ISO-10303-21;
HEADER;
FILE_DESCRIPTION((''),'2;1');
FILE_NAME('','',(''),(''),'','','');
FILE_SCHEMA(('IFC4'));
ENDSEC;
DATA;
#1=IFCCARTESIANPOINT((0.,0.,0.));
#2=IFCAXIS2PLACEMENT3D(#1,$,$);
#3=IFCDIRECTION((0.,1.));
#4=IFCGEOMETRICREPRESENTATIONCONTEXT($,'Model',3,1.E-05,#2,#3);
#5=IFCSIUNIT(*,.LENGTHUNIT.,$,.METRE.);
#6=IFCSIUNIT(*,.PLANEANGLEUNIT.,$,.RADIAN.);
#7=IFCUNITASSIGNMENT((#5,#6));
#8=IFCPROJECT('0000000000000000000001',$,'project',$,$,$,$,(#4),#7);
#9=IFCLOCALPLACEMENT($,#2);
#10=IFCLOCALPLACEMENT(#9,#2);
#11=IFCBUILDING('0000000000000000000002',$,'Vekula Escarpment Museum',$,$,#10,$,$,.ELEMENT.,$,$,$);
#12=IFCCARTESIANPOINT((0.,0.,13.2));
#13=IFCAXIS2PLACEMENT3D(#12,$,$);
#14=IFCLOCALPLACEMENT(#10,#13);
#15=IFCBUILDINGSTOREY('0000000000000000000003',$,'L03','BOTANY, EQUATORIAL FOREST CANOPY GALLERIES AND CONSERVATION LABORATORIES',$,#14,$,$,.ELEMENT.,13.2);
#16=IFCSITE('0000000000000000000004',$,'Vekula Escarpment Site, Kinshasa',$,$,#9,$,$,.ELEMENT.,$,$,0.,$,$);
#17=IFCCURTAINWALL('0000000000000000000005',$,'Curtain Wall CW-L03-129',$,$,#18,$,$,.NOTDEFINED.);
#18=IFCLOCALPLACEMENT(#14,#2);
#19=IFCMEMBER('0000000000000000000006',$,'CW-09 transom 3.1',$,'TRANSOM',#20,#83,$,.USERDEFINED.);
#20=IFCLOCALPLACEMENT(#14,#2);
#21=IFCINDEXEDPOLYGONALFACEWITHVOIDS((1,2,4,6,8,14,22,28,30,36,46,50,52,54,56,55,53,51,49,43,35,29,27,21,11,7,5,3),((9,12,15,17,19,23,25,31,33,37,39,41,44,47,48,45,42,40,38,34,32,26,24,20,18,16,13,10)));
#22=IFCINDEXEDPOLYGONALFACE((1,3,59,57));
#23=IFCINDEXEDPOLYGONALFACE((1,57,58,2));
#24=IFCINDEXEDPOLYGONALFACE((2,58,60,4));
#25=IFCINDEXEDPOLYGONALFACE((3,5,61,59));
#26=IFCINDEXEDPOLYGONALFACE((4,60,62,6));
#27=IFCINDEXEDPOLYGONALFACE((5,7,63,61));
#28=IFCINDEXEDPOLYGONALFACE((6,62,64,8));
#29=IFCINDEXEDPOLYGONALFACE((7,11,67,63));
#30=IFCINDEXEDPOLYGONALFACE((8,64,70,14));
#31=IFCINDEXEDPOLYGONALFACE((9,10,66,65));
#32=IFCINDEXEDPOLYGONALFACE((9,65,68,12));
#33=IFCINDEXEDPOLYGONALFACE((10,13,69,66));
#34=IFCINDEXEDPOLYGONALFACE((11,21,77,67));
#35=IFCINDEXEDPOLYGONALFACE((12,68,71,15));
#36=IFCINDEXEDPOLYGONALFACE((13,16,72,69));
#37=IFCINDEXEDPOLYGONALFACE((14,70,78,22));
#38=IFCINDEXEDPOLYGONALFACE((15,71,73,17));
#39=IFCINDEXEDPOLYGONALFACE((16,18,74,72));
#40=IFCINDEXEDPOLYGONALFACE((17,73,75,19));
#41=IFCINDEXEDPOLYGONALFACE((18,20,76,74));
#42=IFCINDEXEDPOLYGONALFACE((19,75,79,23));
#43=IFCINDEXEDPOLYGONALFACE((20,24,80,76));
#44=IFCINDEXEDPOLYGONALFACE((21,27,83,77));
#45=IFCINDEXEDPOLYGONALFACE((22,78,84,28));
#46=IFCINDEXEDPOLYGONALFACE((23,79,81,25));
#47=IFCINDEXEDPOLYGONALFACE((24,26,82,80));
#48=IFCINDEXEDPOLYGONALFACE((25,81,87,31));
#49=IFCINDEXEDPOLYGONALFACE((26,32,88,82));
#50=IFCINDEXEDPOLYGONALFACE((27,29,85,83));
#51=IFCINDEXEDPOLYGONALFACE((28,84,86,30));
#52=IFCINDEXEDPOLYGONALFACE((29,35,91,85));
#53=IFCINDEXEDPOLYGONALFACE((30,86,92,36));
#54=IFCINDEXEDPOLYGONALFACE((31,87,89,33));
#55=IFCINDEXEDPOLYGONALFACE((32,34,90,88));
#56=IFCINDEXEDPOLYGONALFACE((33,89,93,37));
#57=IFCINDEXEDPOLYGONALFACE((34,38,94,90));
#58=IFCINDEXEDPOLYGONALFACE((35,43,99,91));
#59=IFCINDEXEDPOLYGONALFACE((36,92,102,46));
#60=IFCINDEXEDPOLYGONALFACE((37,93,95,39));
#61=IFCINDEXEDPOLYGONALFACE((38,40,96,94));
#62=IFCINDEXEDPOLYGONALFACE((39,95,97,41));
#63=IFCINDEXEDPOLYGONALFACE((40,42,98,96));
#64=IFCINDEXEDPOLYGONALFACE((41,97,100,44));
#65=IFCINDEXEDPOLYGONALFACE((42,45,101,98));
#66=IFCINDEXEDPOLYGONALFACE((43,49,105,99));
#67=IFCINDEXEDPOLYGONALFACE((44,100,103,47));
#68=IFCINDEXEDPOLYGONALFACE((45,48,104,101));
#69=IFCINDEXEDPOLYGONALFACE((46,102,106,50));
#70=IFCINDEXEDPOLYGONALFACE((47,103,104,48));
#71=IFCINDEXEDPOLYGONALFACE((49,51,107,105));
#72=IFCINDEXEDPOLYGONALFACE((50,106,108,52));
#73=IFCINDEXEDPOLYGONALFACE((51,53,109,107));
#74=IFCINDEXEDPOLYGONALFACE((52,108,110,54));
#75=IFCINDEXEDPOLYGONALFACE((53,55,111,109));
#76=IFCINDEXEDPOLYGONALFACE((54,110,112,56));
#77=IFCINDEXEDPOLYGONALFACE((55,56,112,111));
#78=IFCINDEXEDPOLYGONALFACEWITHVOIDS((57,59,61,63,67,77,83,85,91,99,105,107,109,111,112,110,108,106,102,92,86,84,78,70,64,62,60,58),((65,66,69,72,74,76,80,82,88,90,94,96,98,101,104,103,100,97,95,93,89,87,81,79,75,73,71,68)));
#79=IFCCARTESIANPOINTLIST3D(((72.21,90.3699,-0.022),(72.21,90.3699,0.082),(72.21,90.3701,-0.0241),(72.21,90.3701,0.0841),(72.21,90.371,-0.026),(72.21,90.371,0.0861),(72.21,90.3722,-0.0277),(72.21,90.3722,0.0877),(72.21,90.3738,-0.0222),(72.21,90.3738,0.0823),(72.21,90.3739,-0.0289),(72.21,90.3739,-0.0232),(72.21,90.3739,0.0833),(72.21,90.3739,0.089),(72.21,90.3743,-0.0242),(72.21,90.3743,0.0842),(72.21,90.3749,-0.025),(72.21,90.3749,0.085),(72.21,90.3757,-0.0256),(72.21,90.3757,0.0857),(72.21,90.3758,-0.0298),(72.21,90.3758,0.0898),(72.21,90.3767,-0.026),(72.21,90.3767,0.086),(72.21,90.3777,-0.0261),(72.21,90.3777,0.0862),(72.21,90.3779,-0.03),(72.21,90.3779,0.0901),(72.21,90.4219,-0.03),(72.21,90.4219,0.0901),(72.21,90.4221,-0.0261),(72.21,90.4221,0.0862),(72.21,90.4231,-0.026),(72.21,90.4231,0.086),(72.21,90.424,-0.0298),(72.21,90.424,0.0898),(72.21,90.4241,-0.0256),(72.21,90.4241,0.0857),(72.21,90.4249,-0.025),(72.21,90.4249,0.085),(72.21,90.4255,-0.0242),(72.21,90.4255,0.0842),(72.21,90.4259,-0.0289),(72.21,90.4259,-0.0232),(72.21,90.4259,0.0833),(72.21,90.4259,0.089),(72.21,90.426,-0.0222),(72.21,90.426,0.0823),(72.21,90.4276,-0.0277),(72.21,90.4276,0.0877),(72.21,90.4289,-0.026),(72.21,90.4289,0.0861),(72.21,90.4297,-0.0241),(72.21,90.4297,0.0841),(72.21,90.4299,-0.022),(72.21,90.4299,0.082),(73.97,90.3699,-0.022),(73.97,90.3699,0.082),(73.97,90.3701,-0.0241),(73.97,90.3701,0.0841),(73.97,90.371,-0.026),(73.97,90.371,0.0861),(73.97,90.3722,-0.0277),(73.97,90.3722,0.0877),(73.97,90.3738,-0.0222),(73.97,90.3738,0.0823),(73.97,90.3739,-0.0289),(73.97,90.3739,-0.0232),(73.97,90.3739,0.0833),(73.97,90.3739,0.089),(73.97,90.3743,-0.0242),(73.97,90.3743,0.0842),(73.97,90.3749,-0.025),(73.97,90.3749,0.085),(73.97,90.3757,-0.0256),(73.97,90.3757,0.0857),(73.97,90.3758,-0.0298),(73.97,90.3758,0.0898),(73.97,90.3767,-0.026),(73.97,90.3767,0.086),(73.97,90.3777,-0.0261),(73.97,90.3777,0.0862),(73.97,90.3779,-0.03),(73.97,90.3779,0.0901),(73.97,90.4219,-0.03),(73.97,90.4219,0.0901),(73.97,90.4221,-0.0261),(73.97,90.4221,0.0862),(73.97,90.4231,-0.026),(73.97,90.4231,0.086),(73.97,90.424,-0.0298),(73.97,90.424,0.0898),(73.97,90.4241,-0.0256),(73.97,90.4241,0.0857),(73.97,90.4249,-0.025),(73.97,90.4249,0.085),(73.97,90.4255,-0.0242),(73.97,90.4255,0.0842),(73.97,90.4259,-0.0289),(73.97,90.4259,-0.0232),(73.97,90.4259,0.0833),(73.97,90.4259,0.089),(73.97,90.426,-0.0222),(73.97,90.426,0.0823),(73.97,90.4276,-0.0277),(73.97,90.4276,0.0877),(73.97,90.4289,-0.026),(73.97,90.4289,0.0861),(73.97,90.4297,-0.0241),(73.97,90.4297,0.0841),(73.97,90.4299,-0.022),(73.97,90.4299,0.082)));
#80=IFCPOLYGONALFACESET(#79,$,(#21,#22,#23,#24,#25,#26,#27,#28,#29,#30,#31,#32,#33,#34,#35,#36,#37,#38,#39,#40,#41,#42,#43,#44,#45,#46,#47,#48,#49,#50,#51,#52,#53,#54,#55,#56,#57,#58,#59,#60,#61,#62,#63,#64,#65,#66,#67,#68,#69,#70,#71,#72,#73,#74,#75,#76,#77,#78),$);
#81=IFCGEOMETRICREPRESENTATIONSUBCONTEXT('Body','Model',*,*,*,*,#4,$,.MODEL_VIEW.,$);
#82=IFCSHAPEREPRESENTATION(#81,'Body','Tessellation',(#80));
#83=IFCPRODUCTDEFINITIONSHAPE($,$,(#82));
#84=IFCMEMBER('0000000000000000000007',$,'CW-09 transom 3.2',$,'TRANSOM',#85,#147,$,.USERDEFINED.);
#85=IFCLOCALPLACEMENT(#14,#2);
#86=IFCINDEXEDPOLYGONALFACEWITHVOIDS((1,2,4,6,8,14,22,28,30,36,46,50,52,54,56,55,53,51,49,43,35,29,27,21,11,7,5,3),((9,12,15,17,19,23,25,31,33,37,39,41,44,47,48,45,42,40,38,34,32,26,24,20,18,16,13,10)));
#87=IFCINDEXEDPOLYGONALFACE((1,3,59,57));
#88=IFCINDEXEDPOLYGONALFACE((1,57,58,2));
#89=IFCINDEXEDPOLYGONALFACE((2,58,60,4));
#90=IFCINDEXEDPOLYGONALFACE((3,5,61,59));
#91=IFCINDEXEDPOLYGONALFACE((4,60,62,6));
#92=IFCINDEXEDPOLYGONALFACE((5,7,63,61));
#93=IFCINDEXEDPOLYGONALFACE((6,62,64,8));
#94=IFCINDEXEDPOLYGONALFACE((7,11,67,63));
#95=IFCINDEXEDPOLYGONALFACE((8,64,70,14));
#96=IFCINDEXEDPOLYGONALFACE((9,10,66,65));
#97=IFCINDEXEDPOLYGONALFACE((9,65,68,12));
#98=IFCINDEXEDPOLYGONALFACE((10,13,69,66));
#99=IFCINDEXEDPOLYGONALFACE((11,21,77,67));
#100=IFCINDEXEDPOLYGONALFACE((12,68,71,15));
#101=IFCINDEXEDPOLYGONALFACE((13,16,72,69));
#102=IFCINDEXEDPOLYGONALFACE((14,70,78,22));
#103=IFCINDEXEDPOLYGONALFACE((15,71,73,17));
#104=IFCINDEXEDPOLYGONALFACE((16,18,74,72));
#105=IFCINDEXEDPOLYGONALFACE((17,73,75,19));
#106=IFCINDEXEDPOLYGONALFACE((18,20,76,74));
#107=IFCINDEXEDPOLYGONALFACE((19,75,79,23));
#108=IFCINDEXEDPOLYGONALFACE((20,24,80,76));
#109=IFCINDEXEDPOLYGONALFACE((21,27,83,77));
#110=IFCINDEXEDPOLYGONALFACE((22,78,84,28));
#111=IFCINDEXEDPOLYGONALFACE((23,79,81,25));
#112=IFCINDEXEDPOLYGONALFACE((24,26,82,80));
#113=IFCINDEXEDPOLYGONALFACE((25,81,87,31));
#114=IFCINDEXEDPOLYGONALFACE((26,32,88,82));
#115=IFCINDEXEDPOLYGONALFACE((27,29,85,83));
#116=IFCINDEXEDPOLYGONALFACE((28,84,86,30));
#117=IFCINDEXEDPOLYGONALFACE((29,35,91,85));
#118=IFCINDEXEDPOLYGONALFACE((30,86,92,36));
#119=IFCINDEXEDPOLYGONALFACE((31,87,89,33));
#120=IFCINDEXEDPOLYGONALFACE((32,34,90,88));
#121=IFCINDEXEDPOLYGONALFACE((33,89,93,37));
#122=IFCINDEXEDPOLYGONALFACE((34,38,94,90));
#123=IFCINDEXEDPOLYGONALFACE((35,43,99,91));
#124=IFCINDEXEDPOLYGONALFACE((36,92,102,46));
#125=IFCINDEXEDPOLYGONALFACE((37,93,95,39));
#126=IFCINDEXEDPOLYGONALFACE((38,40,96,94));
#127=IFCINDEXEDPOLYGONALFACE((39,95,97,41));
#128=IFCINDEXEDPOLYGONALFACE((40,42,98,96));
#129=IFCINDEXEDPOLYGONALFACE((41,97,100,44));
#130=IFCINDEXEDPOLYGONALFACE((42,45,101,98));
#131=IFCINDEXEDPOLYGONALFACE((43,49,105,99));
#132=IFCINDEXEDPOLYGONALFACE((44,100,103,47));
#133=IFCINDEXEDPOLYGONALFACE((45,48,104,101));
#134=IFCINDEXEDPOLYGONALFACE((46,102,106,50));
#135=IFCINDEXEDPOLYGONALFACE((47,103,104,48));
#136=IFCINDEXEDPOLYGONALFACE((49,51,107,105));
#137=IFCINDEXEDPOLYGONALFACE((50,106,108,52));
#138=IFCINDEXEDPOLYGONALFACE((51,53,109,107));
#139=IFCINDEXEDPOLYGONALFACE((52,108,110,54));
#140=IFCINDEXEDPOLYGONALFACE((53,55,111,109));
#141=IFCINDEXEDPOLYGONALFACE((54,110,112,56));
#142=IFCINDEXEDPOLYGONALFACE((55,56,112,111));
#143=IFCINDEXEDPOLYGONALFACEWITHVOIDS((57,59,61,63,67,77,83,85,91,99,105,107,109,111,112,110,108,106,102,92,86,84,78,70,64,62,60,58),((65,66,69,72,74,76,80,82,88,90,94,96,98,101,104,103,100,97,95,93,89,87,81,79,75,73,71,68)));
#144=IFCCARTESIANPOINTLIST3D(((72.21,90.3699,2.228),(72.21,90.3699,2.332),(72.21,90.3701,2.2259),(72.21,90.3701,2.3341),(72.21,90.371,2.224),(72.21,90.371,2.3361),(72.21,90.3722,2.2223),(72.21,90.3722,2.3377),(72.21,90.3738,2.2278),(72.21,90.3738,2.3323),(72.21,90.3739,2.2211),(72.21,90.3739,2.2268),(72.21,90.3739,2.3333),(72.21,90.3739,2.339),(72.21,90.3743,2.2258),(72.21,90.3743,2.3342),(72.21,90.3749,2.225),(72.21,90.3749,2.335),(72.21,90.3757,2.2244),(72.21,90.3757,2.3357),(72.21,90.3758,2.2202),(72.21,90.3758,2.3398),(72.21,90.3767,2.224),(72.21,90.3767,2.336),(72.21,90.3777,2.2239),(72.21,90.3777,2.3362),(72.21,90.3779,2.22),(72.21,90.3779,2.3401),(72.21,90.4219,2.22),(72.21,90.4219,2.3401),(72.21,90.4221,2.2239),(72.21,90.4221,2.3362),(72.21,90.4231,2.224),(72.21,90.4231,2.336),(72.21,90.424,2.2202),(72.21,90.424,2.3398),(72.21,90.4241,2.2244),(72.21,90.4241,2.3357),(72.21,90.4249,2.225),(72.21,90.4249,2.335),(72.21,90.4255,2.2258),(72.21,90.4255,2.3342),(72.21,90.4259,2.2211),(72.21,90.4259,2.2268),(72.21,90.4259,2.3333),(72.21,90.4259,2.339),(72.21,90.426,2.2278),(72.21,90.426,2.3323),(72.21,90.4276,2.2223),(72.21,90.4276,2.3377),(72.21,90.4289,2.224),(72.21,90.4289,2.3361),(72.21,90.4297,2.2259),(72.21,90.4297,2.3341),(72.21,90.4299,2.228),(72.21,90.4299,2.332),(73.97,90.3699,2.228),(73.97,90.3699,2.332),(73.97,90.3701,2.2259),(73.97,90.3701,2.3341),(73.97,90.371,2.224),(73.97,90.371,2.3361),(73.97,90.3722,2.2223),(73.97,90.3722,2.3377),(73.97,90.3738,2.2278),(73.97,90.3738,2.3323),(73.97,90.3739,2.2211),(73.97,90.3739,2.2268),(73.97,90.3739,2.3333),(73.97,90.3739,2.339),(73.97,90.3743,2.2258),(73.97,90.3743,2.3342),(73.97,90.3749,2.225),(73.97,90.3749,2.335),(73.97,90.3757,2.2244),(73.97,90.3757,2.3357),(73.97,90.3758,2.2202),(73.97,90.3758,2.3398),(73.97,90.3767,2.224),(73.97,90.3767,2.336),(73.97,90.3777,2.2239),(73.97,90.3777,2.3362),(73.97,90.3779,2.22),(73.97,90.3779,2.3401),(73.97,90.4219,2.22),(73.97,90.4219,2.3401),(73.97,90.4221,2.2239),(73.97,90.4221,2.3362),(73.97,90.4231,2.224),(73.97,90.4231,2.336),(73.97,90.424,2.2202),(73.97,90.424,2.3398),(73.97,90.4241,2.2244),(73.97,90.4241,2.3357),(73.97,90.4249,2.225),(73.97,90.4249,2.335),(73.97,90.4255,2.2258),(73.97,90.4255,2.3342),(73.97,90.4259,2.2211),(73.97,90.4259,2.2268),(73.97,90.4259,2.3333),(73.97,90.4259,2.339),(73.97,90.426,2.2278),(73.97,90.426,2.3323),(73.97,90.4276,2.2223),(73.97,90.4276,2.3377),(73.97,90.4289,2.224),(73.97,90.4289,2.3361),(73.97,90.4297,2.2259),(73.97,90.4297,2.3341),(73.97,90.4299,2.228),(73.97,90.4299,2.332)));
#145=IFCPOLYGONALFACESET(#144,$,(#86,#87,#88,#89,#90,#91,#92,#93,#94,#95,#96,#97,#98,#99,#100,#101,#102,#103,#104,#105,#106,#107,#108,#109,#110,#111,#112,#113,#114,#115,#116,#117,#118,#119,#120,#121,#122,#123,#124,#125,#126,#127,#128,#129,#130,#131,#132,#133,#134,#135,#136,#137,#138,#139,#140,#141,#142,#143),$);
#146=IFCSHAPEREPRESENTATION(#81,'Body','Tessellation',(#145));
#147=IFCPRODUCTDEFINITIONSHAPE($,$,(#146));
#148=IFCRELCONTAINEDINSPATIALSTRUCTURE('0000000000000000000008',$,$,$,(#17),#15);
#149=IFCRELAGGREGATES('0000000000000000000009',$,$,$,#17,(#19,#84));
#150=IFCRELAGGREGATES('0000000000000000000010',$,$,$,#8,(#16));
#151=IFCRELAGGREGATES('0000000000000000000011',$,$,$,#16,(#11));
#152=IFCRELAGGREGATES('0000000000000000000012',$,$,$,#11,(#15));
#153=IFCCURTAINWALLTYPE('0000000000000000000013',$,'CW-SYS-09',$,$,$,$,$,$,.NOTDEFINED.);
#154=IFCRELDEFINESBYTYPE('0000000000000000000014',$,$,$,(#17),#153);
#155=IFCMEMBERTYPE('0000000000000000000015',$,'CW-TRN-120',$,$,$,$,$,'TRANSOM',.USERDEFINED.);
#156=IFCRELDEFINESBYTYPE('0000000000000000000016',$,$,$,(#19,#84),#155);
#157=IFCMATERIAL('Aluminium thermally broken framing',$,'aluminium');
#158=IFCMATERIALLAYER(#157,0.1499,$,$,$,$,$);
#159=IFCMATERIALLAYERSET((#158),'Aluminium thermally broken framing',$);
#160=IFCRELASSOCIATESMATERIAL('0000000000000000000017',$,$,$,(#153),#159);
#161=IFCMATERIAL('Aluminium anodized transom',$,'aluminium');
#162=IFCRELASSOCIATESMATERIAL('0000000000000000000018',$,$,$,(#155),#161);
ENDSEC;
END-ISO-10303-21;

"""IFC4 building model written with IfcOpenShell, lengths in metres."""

from ifc_helpers import new_model, si_unit, direction, frame, origin, origin_2d, place, context, subcontext, project, spatial, hollow_rectangle, extrude, material, layer, layer_set, material_profile, profile_set, type_object, element, aggregate, save


model = new_model("IFC4")

# Units and contexts
model_context = context("Model", 3, precision=1e-05, world=origin(), true_north=direction((0.0, 1.0)))
body_context = subcontext(model_context, "Body", "Model", "MODEL_VIEW")
ifc_project = project(units=[si_unit("LENGTHUNIT", "METRE"), si_unit("PLANEANGLEUNIT", "RADIAN")], contexts=[model_context])

# Site, building, storey
site_placement = place(None, origin())
site = spatial("IfcSite", under=ifc_project, at=site_placement, Name="Vekula Escarpment Site, Kinshasa", CompositionType="ELEMENT", RefElevation=0.0)
building_placement = place(site_placement, origin())
building = spatial("IfcBuilding", under=site, at=building_placement, Name="Vekula Escarpment Museum", CompositionType="ELEMENT")
storey_placement = place(building_placement, frame((0.0, 0.0, 13.2)))
storey = spatial("IfcBuildingStorey", under=building, at=storey_placement, Name="L03", Description="BOTANY, EQUATORIAL FOREST CANOPY GALLERIES AND CONSERVATION LABORATORIES", CompositionType="ELEMENT", Elevation=13.2)

# Curtain wall
ifc_material_1 = material(Name="Aluminium thermally broken framing", Category="aluminium")
ifc_layer_1 = layer(ifc_material_1, 0.1499)
ifc_layer_set_1 = layer_set([ifc_layer_1], Name="Aluminium thermally broken framing")
curtain_wall_type_1 = type_object("IfcCurtainWallType", Name="CW-SYS-09", PredefinedType="NOTDEFINED", material=ifc_layer_set_1)
curtain_wall_1_placement = place(storey_placement, origin())
curtain_wall_1 = element("IfcCurtainWall", 1, at=curtain_wall_1_placement, inside=storey, type_object=curtain_wall_type_1, Name="Curtain Wall CW-L03-129", PredefinedType="NOTDEFINED")

# Members
ifc_material_2 = material(Name="Aluminium anodized transom", Category="aluminium")
ifc_material_profile_1 = material_profile(ifc_material_2, hollow_rectangle(XDim=0.0601, YDim=0.1201, WallThickness=0.0039, InnerFilletRadius=0.0039, OuterFilletRadius=0.0081, at=origin_2d()), Name="ALU 120x60x4")
ifc_profile_set_1 = profile_set([ifc_material_profile_1], Name="Aluminium anodized transom")
member_type_1 = type_object("IfcMemberType", Name="CW-TRN-120", ElementType="TRANSOM", PredefinedType="USERDEFINED", material=ifc_profile_set_1)
member_1_placement = place(storey_placement, frame((73.97, 90.3999, 0.03), z_axis=(-1.0, 0.0, 0.0), x_axis=(0.0, -1.0, 0.0)))
member_1 = element("IfcMember", 2, at=member_1_placement, type_object=member_type_1, Name="CW-09 transom 3.1", ObjectType="TRANSOM", PredefinedType="USERDEFINED", context=body_context, shape_type="SweptSolid", body=[
    extrude(hollow_rectangle(XDim=0.0601, YDim=0.1201, WallThickness=0.0039, InnerFilletRadius=0.0039, OuterFilletRadius=0.0081, at=origin_2d()), origin(), (0.0, 0.0, 1.0), 1.76),
])
member_2_placement = place(storey_placement, frame((73.97, 90.3999, 2.28), z_axis=(-1.0, 0.0, 0.0), x_axis=(0.0, -1.0, 0.0)))
member_2 = element("IfcMember", 3, at=member_2_placement, type_object=member_type_1, Name="CW-09 transom 3.2", ObjectType="TRANSOM", PredefinedType="USERDEFINED", context=body_context, shape_type="SweptSolid", body=[
    extrude(hollow_rectangle(XDim=0.0601, YDim=0.1201, WallThickness=0.0039, InnerFilletRadius=0.0039, OuterFilletRadius=0.0081, at=origin_2d()), origin(), (0.0, 0.0, 1.0), 1.76),
])

aggregate(curtain_wall_1, [member_1, member_2])

save(model, "model.ifc")
